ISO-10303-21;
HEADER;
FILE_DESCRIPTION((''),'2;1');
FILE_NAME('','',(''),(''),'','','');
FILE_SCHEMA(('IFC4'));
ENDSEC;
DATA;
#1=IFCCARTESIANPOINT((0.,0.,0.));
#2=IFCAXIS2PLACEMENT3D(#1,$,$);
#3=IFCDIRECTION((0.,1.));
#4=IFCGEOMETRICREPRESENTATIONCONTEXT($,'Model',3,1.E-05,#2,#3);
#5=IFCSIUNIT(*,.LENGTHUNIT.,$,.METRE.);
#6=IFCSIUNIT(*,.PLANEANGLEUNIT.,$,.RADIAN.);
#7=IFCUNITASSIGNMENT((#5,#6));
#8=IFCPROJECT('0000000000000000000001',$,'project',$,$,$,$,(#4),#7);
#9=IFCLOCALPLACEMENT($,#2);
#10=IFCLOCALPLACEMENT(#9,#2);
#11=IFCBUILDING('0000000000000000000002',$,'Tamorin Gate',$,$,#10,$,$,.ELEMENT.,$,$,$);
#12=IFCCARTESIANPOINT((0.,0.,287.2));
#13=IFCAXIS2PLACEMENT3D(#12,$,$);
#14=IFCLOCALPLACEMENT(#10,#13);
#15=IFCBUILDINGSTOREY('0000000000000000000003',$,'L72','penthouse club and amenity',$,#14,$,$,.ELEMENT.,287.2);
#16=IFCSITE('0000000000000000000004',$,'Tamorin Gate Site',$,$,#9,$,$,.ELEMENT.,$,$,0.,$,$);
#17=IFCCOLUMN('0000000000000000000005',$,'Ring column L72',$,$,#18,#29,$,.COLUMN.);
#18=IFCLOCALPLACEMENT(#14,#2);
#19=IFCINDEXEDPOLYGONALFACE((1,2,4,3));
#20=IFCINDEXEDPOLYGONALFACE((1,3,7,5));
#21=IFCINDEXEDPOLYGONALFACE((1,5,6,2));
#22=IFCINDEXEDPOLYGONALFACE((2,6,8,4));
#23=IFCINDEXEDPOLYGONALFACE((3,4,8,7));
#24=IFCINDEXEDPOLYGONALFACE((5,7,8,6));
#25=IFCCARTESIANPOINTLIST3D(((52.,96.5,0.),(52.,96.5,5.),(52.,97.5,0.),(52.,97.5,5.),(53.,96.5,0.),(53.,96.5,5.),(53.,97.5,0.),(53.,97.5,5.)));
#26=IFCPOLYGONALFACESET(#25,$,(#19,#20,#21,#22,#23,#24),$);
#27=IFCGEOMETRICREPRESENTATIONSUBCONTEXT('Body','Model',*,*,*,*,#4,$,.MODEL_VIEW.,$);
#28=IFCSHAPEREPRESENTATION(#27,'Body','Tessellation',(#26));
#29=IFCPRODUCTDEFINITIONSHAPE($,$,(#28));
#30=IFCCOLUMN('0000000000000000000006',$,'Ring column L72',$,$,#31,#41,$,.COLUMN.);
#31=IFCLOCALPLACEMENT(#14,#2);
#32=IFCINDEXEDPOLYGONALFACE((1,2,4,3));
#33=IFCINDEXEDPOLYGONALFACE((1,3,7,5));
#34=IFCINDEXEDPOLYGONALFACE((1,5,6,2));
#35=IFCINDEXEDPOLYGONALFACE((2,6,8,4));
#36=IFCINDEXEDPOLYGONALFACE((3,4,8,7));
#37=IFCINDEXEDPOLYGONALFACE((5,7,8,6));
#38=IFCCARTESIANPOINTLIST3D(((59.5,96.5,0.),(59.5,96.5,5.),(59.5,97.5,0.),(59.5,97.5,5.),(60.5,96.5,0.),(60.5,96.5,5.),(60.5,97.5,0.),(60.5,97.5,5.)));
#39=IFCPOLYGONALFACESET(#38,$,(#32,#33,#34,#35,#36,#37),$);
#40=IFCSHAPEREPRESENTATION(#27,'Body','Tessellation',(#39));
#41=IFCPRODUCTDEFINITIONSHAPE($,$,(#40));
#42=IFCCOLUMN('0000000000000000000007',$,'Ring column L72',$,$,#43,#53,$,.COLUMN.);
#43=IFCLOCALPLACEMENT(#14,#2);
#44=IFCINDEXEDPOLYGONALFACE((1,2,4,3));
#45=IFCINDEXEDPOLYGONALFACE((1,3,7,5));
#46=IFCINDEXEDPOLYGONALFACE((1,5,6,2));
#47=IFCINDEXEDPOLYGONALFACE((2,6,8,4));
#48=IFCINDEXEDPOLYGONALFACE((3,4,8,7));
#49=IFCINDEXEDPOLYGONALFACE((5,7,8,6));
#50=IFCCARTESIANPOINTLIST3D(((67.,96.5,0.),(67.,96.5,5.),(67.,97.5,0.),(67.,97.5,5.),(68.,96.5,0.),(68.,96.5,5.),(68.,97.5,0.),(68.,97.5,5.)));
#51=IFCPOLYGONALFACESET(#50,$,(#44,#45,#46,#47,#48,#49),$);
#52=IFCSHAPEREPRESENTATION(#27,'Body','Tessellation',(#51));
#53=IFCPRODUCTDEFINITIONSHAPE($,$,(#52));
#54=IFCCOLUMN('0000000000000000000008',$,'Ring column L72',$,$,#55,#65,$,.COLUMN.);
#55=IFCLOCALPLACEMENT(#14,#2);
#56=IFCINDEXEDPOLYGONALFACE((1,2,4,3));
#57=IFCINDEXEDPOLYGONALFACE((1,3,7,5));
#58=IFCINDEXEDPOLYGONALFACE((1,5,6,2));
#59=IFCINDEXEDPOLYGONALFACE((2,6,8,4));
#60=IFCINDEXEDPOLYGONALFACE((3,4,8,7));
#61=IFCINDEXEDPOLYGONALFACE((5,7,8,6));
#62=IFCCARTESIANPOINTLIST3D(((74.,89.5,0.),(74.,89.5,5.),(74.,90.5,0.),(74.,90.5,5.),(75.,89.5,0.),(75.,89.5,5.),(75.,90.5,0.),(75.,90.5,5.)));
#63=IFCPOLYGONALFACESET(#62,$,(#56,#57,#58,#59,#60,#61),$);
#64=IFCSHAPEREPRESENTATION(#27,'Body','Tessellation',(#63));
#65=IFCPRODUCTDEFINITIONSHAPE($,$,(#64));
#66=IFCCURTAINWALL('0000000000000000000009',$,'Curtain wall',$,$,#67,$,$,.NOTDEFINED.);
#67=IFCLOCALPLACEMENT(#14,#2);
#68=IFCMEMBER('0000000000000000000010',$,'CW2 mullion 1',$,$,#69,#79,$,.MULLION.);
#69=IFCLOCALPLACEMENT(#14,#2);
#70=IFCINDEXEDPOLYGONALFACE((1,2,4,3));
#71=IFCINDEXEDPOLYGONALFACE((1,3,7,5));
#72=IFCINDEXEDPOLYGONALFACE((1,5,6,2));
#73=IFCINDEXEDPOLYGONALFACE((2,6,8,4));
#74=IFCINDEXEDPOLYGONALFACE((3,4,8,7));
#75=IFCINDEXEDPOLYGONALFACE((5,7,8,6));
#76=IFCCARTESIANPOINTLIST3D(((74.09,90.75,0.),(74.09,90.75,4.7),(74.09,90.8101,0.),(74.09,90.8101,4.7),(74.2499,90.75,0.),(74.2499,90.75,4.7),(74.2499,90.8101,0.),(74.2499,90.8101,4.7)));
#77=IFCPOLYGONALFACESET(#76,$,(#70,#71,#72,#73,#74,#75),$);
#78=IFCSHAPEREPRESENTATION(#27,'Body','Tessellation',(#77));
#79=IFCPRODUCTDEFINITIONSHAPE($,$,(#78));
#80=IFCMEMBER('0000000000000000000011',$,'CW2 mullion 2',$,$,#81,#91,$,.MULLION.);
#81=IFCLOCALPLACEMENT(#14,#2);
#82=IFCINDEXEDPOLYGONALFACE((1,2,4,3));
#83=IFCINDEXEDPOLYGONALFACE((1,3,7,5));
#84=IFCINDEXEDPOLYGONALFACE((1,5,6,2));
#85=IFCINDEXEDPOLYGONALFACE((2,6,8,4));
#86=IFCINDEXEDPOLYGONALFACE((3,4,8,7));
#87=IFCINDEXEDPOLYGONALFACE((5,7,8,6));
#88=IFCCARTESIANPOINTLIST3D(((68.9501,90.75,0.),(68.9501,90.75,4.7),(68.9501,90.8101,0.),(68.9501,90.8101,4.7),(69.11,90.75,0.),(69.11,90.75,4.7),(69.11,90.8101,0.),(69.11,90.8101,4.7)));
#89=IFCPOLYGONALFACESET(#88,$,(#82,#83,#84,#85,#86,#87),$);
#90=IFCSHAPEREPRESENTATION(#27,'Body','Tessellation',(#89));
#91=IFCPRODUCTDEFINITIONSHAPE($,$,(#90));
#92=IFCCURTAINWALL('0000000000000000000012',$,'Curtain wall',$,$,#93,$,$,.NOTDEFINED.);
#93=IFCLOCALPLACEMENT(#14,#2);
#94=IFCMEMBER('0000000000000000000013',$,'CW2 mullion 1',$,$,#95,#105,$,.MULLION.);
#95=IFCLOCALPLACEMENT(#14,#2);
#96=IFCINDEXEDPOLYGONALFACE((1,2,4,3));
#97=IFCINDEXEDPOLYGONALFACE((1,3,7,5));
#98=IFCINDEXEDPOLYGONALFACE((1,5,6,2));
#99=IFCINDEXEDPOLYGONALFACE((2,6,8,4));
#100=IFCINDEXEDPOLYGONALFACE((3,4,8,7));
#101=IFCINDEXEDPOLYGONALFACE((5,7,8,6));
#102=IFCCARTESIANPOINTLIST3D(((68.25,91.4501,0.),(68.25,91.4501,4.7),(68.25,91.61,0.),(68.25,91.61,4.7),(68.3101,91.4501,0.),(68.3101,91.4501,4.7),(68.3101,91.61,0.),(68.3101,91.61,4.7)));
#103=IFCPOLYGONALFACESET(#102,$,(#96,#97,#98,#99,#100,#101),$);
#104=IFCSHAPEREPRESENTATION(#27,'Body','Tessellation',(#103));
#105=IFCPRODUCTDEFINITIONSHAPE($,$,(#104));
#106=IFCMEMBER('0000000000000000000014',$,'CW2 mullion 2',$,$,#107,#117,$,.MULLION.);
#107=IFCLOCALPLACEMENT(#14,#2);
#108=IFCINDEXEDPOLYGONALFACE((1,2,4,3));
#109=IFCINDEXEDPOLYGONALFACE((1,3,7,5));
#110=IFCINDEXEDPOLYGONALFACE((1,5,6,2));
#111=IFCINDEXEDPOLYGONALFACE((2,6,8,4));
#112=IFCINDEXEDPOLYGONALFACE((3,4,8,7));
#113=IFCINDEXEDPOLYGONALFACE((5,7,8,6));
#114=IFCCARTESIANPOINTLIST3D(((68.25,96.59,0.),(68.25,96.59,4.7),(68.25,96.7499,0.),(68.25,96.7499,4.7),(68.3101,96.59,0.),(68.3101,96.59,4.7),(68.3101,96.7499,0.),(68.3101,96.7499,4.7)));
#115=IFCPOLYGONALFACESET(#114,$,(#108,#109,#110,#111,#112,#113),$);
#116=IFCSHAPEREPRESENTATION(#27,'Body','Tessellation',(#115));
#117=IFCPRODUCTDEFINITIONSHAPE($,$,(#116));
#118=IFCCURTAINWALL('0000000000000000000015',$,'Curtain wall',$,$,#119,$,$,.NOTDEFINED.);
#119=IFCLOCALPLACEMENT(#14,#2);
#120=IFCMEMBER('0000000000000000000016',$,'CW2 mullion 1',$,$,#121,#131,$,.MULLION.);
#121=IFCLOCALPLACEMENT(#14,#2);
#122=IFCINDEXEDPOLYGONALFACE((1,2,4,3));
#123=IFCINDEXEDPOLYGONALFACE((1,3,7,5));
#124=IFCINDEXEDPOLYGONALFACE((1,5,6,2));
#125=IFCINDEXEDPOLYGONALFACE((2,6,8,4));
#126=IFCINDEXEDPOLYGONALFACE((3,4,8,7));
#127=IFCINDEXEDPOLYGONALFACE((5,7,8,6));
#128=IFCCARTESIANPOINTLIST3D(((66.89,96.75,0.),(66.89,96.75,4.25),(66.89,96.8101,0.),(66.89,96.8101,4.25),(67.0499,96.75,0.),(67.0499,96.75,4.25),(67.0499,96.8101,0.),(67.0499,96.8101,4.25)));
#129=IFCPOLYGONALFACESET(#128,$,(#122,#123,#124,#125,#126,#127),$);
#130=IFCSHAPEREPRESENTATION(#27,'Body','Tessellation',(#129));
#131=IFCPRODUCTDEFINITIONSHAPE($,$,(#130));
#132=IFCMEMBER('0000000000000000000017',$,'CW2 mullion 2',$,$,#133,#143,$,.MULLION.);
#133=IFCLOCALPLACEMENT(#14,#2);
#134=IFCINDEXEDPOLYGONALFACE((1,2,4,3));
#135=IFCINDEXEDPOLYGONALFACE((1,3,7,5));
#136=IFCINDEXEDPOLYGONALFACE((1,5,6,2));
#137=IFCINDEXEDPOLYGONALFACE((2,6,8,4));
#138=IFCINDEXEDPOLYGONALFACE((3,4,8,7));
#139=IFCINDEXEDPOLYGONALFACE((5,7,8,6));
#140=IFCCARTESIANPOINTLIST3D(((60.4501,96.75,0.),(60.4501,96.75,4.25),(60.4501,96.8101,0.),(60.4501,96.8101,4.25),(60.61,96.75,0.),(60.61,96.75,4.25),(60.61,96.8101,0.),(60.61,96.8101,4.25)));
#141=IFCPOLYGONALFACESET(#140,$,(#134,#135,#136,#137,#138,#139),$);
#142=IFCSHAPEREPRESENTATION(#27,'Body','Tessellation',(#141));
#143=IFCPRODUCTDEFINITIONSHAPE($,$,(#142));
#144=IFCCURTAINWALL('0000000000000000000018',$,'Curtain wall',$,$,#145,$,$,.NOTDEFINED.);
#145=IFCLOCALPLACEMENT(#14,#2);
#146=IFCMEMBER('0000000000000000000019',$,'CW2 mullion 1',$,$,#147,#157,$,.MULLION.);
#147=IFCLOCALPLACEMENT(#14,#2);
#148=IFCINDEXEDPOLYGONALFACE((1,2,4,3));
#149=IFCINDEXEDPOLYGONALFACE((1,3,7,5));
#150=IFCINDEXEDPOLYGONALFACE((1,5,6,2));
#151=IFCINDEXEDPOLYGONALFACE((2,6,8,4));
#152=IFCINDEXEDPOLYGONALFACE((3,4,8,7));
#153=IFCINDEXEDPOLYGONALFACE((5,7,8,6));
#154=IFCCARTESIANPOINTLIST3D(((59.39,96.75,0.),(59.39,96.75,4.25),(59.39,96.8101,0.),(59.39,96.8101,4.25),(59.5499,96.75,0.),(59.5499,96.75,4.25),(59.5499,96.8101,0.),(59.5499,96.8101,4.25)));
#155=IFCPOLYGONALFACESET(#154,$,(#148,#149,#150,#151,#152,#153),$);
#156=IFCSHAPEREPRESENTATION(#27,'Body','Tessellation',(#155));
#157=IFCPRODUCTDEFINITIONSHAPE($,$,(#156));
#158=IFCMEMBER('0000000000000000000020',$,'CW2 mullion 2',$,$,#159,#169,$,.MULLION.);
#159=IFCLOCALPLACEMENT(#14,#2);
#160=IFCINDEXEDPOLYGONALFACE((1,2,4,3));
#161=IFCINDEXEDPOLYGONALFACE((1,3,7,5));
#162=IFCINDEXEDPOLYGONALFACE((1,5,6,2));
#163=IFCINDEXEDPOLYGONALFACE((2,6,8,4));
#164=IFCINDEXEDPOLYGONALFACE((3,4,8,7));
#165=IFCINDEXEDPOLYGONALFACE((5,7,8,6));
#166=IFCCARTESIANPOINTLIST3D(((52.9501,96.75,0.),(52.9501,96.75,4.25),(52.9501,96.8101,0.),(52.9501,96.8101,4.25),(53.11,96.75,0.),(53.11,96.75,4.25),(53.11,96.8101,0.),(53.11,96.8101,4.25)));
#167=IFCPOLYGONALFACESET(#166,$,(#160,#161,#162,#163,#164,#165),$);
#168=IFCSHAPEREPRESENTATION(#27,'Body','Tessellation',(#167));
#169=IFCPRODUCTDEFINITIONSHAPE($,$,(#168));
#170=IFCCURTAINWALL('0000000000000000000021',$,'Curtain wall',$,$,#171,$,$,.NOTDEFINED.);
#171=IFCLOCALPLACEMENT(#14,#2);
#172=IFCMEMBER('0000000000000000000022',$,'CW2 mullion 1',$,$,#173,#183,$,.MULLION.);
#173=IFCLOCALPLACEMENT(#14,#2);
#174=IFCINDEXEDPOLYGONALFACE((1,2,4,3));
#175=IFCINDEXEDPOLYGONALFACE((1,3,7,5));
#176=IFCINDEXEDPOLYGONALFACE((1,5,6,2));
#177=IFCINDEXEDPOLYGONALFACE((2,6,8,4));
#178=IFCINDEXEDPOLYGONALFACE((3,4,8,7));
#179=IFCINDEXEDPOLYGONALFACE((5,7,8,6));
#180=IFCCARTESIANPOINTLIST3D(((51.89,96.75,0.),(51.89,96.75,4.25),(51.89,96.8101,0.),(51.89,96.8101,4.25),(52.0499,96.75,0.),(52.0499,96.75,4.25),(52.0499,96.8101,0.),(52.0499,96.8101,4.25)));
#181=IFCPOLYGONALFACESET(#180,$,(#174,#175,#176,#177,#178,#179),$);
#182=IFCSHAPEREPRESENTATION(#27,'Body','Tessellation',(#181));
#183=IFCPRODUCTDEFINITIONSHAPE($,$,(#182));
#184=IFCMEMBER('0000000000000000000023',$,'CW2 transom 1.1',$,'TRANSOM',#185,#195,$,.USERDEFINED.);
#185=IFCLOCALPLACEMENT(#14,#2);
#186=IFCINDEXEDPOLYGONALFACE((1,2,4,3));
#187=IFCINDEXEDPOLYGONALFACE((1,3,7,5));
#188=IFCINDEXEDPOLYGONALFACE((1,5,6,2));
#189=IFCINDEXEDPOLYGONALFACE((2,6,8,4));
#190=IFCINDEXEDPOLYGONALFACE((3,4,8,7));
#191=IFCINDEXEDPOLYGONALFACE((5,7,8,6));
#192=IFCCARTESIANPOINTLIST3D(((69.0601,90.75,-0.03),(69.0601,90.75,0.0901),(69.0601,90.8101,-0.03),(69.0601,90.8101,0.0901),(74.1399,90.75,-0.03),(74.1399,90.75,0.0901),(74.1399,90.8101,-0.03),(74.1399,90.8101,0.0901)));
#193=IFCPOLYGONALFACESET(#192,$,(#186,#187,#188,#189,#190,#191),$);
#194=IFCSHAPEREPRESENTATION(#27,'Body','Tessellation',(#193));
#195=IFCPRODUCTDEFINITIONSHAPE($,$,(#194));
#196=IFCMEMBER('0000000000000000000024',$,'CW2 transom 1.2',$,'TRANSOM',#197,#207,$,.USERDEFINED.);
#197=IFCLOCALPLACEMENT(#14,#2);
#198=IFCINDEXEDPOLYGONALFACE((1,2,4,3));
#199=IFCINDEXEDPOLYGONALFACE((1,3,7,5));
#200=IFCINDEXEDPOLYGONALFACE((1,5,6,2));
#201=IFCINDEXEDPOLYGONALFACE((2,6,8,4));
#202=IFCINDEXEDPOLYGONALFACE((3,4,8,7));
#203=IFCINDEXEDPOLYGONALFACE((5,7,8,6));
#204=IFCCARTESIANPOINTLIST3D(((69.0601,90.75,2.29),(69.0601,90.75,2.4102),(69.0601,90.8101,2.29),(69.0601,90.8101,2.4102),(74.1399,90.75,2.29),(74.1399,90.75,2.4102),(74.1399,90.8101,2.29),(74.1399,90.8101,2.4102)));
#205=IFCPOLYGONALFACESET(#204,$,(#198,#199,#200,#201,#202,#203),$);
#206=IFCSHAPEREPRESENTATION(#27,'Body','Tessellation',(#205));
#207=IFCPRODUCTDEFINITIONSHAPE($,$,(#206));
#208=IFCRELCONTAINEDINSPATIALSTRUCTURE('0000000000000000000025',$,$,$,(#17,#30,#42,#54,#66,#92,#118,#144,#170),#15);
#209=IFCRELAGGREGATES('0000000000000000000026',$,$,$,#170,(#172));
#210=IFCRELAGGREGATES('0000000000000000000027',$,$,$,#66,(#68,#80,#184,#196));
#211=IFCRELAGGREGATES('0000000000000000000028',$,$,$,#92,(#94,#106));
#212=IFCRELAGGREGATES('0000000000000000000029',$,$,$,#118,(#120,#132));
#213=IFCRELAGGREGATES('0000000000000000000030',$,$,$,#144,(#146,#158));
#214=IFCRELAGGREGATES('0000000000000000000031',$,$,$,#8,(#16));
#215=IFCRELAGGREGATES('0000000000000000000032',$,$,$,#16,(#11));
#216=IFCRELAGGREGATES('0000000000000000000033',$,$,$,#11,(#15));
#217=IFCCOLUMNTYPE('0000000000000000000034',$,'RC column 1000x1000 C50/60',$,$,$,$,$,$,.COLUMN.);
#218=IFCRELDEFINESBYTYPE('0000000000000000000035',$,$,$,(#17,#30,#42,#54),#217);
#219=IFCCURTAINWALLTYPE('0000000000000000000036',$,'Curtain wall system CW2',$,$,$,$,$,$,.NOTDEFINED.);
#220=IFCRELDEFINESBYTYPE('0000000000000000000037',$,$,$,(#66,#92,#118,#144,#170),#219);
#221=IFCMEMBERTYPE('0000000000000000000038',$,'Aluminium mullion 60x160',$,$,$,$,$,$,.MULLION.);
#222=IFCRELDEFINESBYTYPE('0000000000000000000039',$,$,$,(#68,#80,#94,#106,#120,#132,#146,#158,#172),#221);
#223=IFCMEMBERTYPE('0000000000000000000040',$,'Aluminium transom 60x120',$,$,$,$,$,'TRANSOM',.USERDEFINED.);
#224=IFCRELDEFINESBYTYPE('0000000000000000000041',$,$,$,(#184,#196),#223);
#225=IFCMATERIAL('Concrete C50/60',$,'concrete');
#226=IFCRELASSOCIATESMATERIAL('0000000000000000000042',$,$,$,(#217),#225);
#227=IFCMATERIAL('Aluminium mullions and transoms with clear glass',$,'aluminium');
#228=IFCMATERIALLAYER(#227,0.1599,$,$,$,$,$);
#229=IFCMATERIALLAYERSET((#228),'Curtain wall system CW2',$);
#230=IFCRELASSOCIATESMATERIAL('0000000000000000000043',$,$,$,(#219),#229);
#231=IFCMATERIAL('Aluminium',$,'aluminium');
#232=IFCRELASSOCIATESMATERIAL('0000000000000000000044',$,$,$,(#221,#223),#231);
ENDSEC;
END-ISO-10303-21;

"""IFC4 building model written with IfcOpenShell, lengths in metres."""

from ifc_helpers import new_model, si_unit, direction, frame, origin, origin_2d, place, context, subcontext, project, spatial, rectangle, extrude, material, layer, layer_set, material_profile, profile_set, type_object, element, aggregate, save


model = new_model("IFC4")

# Units and contexts
model_context = context("Model", 3, precision=1e-05, world=origin(), true_north=direction((0.0, 1.0)))
body_context = subcontext(model_context, "Body", "Model", "MODEL_VIEW")
ifc_project = project(units=[si_unit("LENGTHUNIT", "METRE"), si_unit("PLANEANGLEUNIT", "RADIAN")], contexts=[model_context])

# Site, building, storey
site_placement = place(None, origin())
site = spatial("IfcSite", under=ifc_project, at=site_placement, Name="Tamorin Gate Site", CompositionType="ELEMENT", RefElevation=0.0)
building_placement = place(site_placement, origin())
building = spatial("IfcBuilding", under=site, at=building_placement, Name="Tamorin Gate", CompositionType="ELEMENT")
storey_placement = place(building_placement, frame((0.0, 0.0, 287.2)))
storey = spatial("IfcBuildingStorey", under=building, at=storey_placement, Name="L72", Description="penthouse club and amenity", CompositionType="ELEMENT", Elevation=287.2)

# Columns
ifc_material_1 = material(Name="Concrete C50/60", Category="concrete")
ifc_material_profile_1 = material_profile(ifc_material_1, rectangle(XDim=1.0, YDim=1.0, at=origin_2d()), Name="RC 1000x1000")
ifc_profile_set_1 = profile_set([ifc_material_profile_1], Name="Concrete C50/60")
column_type = type_object("IfcColumnType", Name="RC column 1000x1000 C50/60", PredefinedType="COLUMN", material=ifc_profile_set_1)
for number, where, z_axis, x_axis, name in (
    (1, (52.5, 97.0, 0.0), (0.0, 0.0, 1.0), (1.0, 0.0, 0.0), "Ring column L72"),
    (2, (60.0, 97.0, 0.0), (0.0, 0.0, 1.0), (1.0, 0.0, 0.0), "Ring column L72"),
    (3, (67.5, 97.0, 0.0), (0.0, 0.0, 1.0), (1.0, 0.0, 0.0), "Ring column L72"),
    (4, (74.5, 90.0, 0.0), (0.0, 0.0, 1.0), (1.0, 0.0, 0.0), "Ring column L72"),
):
    element("IfcColumn", number, at=place(storey_placement, frame(where, z_axis=z_axis, x_axis=x_axis)), inside=storey, type_object=column_type, Name=name, PredefinedType="COLUMN", context=body_context, shape_type="SweptSolid", body=[
        extrude(rectangle(XDim=1.0, YDim=1.0, at=origin_2d()), origin(), (0.0, 0.0, 1.0), 5.0),
    ])

# Curtain walls, members
ifc_material_2 = material(Name="Aluminium mullions and transoms with clear glass", Category="aluminium")
ifc_layer_1 = layer(ifc_material_2, 0.1599)
ifc_layer_set_1 = layer_set([ifc_layer_1], Name="Curtain wall system CW2")
curtain_wall_type = type_object("IfcCurtainWallType", Name="Curtain wall system CW2", PredefinedType="NOTDEFINED", material=ifc_layer_set_1)
curtain_wall_1_placement = place(storey_placement, origin())
curtain_wall_1 = element("IfcCurtainWall", 5, at=curtain_wall_1_placement, inside=storey, type_object=curtain_wall_type, Name="Curtain wall", PredefinedType="NOTDEFINED")
ifc_material_3 = material(Name="Aluminium", Category="aluminium")
ifc_material_profile_2 = material_profile(ifc_material_3, rectangle(XDim=0.0601, YDim=0.1599, at=origin_2d()), Name="RECT 60x160")
ifc_profile_set_2 = profile_set([ifc_material_profile_2], Name="Aluminium")
member_type_1 = type_object("IfcMemberType", Name="Aluminium mullion 60x160", PredefinedType="MULLION", material=ifc_profile_set_2)
member_1_placement = place(storey_placement, frame((74.1699, 90.78, 0.0), z_axis=(0.0, 0.0, 1.0), x_axis=(0.0, -1.0, 0.0)))
member_1 = element("IfcMember", 6, at=member_1_placement, type_object=member_type_1, Name="CW2 mullion 1", PredefinedType="MULLION", context=body_context, shape_type="SweptSolid", body=[
    extrude(rectangle(XDim=0.0601, YDim=0.1599, at=origin_2d()), origin(), (0.0, 0.0, 1.0), 4.7),
])
member_2_placement = place(storey_placement, frame((69.03, 90.78, 0.0), z_axis=(0.0, 0.0, 1.0), x_axis=(0.0, -1.0, 0.0)))
member_2 = element("IfcMember", 7, at=member_2_placement, type_object=member_type_1, Name="CW2 mullion 2", PredefinedType="MULLION", context=body_context, shape_type="SweptSolid", body=[
    extrude(rectangle(XDim=0.0601, YDim=0.1599, at=origin_2d()), origin(), (0.0, 0.0, 1.0), 4.7),
])
curtain_wall_2_placement = place(storey_placement, origin())
curtain_wall_2 = element("IfcCurtainWall", 8, at=curtain_wall_2_placement, inside=storey, type_object=curtain_wall_type, Name="Curtain wall", PredefinedType="NOTDEFINED")
member_3_placement = place(storey_placement, frame((68.28, 91.53, 0.0), z_axis=(0.0, 0.0, 1.0), x_axis=(-1.0, 0.0, 0.0)))
member_3 = element("IfcMember", 9, at=member_3_placement, type_object=member_type_1, Name="CW2 mullion 1", PredefinedType="MULLION", context=body_context, shape_type="SweptSolid", body=[
    extrude(rectangle(XDim=0.0601, YDim=0.1599, at=origin_2d()), origin(), (0.0, 0.0, 1.0), 4.7),
])
member_4_placement = place(storey_placement, frame((68.28, 96.6699, 0.0), z_axis=(0.0, 0.0, 1.0), x_axis=(-1.0, 0.0, 0.0)))
member_4 = element("IfcMember", 10, at=member_4_placement, type_object=member_type_1, Name="CW2 mullion 2", PredefinedType="MULLION", context=body_context, shape_type="SweptSolid", body=[
    extrude(rectangle(XDim=0.0601, YDim=0.1599, at=origin_2d()), origin(), (0.0, 0.0, 1.0), 4.7),
])
curtain_wall_3_placement = place(storey_placement, origin())
curtain_wall_3 = element("IfcCurtainWall", 11, at=curtain_wall_3_placement, inside=storey, type_object=curtain_wall_type, Name="Curtain wall", PredefinedType="NOTDEFINED")
member_5_placement = place(storey_placement, frame((66.97, 96.78, 0.0), z_axis=(0.0, 0.0, 1.0), x_axis=(0.0, -1.0, 0.0)))
member_5 = element("IfcMember", 12, at=member_5_placement, type_object=member_type_1, Name="CW2 mullion 1", PredefinedType="MULLION", context=body_context, shape_type="SweptSolid", body=[
    extrude(rectangle(XDim=0.0601, YDim=0.1599, at=origin_2d()), origin(), (0.0, 0.0, 1.0), 4.25),
])
member_6_placement = place(storey_placement, frame((60.53, 96.78, 0.0), z_axis=(0.0, 0.0, 1.0), x_axis=(0.0, -1.0, 0.0)))
member_6 = element("IfcMember", 13, at=member_6_placement, type_object=member_type_1, Name="CW2 mullion 2", PredefinedType="MULLION", context=body_context, shape_type="SweptSolid", body=[
    extrude(rectangle(XDim=0.0601, YDim=0.1599, at=origin_2d()), origin(), (0.0, 0.0, 1.0), 4.25),
])
curtain_wall_4_placement = place(storey_placement, origin())
curtain_wall_4 = element("IfcCurtainWall", 14, at=curtain_wall_4_placement, inside=storey, type_object=curtain_wall_type, Name="Curtain wall", PredefinedType="NOTDEFINED")
member_7_placement = place(storey_placement, frame((59.47, 96.78, 0.0), z_axis=(0.0, 0.0, 1.0), x_axis=(0.0, -1.0, 0.0)))
member_7 = element("IfcMember", 15, at=member_7_placement, type_object=member_type_1, Name="CW2 mullion 1", PredefinedType="MULLION", context=body_context, shape_type="SweptSolid", body=[
    extrude(rectangle(XDim=0.0601, YDim=0.1599, at=origin_2d()), origin(), (0.0, 0.0, 1.0), 4.25),
])
member_8_placement = place(storey_placement, frame((53.03, 96.78, 0.0), z_axis=(0.0, 0.0, 1.0), x_axis=(0.0, -1.0, 0.0)))
member_8 = element("IfcMember", 16, at=member_8_placement, type_object=member_type_1, Name="CW2 mullion 2", PredefinedType="MULLION", context=body_context, shape_type="SweptSolid", body=[
    extrude(rectangle(XDim=0.0601, YDim=0.1599, at=origin_2d()), origin(), (0.0, 0.0, 1.0), 4.25),
])

# Curtain wall, member
curtain_wall_5_placement = place(storey_placement, origin())
curtain_wall_5 = element("IfcCurtainWall", 17, at=curtain_wall_5_placement, inside=storey, type_object=curtain_wall_type, Name="Curtain wall", PredefinedType="NOTDEFINED")
member_9_placement = place(storey_placement, frame((51.97, 96.78, 0.0), z_axis=(0.0, 0.0, 1.0), x_axis=(0.0, -1.0, 0.0)))
member_9 = element("IfcMember", 18, at=member_9_placement, type_object=member_type_1, Name="CW2 mullion 1", PredefinedType="MULLION", context=body_context, shape_type="SweptSolid", body=[
    extrude(rectangle(XDim=0.0601, YDim=0.1599, at=origin_2d()), origin(), (0.0, 0.0, 1.0), 4.25),
])

# Members
ifc_material_profile_3 = material_profile(ifc_material_3, rectangle(XDim=0.0601, YDim=0.1201, at=origin_2d()), Name="RECT 60x120")
ifc_profile_set_3 = profile_set([ifc_material_profile_3], Name="Aluminium")
member_type_2 = type_object("IfcMemberType", Name="Aluminium transom 60x120", ElementType="TRANSOM", PredefinedType="USERDEFINED", material=ifc_profile_set_3)
member_10_placement = place(storey_placement, frame((74.1399, 90.78, 0.03), z_axis=(-1.0, 0.0, 0.0), x_axis=(0.0, -1.0, 0.0)))
member_10 = element("IfcMember", 19, at=member_10_placement, type_object=member_type_2, Name="CW2 transom 1.1", ObjectType="TRANSOM", PredefinedType="USERDEFINED", context=body_context, shape_type="SweptSolid", body=[
    extrude(rectangle(XDim=0.0601, YDim=0.1201, at=origin_2d()), origin(), (0.0, 0.0, 1.0), 5.0798),
])
member_11_placement = place(storey_placement, frame((74.1399, 90.78, 2.3501), z_axis=(-1.0, 0.0, 0.0), x_axis=(0.0, -1.0, 0.0)))
member_11 = element("IfcMember", 20, at=member_11_placement, type_object=member_type_2, Name="CW2 transom 1.2", ObjectType="TRANSOM", PredefinedType="USERDEFINED", context=body_context, shape_type="SweptSolid", body=[
    extrude(rectangle(XDim=0.0601, YDim=0.1201, at=origin_2d()), origin(), (0.0, 0.0, 1.0), 5.0798),
])
aggregate(curtain_wall_5, [member_9])

aggregate(curtain_wall_1, [member_1, member_2, member_10, member_11])
aggregate(curtain_wall_2, [member_3, member_4])
aggregate(curtain_wall_3, [member_5, member_6])
aggregate(curtain_wall_4, [member_7, member_8])

save(model, "model.ifc")
